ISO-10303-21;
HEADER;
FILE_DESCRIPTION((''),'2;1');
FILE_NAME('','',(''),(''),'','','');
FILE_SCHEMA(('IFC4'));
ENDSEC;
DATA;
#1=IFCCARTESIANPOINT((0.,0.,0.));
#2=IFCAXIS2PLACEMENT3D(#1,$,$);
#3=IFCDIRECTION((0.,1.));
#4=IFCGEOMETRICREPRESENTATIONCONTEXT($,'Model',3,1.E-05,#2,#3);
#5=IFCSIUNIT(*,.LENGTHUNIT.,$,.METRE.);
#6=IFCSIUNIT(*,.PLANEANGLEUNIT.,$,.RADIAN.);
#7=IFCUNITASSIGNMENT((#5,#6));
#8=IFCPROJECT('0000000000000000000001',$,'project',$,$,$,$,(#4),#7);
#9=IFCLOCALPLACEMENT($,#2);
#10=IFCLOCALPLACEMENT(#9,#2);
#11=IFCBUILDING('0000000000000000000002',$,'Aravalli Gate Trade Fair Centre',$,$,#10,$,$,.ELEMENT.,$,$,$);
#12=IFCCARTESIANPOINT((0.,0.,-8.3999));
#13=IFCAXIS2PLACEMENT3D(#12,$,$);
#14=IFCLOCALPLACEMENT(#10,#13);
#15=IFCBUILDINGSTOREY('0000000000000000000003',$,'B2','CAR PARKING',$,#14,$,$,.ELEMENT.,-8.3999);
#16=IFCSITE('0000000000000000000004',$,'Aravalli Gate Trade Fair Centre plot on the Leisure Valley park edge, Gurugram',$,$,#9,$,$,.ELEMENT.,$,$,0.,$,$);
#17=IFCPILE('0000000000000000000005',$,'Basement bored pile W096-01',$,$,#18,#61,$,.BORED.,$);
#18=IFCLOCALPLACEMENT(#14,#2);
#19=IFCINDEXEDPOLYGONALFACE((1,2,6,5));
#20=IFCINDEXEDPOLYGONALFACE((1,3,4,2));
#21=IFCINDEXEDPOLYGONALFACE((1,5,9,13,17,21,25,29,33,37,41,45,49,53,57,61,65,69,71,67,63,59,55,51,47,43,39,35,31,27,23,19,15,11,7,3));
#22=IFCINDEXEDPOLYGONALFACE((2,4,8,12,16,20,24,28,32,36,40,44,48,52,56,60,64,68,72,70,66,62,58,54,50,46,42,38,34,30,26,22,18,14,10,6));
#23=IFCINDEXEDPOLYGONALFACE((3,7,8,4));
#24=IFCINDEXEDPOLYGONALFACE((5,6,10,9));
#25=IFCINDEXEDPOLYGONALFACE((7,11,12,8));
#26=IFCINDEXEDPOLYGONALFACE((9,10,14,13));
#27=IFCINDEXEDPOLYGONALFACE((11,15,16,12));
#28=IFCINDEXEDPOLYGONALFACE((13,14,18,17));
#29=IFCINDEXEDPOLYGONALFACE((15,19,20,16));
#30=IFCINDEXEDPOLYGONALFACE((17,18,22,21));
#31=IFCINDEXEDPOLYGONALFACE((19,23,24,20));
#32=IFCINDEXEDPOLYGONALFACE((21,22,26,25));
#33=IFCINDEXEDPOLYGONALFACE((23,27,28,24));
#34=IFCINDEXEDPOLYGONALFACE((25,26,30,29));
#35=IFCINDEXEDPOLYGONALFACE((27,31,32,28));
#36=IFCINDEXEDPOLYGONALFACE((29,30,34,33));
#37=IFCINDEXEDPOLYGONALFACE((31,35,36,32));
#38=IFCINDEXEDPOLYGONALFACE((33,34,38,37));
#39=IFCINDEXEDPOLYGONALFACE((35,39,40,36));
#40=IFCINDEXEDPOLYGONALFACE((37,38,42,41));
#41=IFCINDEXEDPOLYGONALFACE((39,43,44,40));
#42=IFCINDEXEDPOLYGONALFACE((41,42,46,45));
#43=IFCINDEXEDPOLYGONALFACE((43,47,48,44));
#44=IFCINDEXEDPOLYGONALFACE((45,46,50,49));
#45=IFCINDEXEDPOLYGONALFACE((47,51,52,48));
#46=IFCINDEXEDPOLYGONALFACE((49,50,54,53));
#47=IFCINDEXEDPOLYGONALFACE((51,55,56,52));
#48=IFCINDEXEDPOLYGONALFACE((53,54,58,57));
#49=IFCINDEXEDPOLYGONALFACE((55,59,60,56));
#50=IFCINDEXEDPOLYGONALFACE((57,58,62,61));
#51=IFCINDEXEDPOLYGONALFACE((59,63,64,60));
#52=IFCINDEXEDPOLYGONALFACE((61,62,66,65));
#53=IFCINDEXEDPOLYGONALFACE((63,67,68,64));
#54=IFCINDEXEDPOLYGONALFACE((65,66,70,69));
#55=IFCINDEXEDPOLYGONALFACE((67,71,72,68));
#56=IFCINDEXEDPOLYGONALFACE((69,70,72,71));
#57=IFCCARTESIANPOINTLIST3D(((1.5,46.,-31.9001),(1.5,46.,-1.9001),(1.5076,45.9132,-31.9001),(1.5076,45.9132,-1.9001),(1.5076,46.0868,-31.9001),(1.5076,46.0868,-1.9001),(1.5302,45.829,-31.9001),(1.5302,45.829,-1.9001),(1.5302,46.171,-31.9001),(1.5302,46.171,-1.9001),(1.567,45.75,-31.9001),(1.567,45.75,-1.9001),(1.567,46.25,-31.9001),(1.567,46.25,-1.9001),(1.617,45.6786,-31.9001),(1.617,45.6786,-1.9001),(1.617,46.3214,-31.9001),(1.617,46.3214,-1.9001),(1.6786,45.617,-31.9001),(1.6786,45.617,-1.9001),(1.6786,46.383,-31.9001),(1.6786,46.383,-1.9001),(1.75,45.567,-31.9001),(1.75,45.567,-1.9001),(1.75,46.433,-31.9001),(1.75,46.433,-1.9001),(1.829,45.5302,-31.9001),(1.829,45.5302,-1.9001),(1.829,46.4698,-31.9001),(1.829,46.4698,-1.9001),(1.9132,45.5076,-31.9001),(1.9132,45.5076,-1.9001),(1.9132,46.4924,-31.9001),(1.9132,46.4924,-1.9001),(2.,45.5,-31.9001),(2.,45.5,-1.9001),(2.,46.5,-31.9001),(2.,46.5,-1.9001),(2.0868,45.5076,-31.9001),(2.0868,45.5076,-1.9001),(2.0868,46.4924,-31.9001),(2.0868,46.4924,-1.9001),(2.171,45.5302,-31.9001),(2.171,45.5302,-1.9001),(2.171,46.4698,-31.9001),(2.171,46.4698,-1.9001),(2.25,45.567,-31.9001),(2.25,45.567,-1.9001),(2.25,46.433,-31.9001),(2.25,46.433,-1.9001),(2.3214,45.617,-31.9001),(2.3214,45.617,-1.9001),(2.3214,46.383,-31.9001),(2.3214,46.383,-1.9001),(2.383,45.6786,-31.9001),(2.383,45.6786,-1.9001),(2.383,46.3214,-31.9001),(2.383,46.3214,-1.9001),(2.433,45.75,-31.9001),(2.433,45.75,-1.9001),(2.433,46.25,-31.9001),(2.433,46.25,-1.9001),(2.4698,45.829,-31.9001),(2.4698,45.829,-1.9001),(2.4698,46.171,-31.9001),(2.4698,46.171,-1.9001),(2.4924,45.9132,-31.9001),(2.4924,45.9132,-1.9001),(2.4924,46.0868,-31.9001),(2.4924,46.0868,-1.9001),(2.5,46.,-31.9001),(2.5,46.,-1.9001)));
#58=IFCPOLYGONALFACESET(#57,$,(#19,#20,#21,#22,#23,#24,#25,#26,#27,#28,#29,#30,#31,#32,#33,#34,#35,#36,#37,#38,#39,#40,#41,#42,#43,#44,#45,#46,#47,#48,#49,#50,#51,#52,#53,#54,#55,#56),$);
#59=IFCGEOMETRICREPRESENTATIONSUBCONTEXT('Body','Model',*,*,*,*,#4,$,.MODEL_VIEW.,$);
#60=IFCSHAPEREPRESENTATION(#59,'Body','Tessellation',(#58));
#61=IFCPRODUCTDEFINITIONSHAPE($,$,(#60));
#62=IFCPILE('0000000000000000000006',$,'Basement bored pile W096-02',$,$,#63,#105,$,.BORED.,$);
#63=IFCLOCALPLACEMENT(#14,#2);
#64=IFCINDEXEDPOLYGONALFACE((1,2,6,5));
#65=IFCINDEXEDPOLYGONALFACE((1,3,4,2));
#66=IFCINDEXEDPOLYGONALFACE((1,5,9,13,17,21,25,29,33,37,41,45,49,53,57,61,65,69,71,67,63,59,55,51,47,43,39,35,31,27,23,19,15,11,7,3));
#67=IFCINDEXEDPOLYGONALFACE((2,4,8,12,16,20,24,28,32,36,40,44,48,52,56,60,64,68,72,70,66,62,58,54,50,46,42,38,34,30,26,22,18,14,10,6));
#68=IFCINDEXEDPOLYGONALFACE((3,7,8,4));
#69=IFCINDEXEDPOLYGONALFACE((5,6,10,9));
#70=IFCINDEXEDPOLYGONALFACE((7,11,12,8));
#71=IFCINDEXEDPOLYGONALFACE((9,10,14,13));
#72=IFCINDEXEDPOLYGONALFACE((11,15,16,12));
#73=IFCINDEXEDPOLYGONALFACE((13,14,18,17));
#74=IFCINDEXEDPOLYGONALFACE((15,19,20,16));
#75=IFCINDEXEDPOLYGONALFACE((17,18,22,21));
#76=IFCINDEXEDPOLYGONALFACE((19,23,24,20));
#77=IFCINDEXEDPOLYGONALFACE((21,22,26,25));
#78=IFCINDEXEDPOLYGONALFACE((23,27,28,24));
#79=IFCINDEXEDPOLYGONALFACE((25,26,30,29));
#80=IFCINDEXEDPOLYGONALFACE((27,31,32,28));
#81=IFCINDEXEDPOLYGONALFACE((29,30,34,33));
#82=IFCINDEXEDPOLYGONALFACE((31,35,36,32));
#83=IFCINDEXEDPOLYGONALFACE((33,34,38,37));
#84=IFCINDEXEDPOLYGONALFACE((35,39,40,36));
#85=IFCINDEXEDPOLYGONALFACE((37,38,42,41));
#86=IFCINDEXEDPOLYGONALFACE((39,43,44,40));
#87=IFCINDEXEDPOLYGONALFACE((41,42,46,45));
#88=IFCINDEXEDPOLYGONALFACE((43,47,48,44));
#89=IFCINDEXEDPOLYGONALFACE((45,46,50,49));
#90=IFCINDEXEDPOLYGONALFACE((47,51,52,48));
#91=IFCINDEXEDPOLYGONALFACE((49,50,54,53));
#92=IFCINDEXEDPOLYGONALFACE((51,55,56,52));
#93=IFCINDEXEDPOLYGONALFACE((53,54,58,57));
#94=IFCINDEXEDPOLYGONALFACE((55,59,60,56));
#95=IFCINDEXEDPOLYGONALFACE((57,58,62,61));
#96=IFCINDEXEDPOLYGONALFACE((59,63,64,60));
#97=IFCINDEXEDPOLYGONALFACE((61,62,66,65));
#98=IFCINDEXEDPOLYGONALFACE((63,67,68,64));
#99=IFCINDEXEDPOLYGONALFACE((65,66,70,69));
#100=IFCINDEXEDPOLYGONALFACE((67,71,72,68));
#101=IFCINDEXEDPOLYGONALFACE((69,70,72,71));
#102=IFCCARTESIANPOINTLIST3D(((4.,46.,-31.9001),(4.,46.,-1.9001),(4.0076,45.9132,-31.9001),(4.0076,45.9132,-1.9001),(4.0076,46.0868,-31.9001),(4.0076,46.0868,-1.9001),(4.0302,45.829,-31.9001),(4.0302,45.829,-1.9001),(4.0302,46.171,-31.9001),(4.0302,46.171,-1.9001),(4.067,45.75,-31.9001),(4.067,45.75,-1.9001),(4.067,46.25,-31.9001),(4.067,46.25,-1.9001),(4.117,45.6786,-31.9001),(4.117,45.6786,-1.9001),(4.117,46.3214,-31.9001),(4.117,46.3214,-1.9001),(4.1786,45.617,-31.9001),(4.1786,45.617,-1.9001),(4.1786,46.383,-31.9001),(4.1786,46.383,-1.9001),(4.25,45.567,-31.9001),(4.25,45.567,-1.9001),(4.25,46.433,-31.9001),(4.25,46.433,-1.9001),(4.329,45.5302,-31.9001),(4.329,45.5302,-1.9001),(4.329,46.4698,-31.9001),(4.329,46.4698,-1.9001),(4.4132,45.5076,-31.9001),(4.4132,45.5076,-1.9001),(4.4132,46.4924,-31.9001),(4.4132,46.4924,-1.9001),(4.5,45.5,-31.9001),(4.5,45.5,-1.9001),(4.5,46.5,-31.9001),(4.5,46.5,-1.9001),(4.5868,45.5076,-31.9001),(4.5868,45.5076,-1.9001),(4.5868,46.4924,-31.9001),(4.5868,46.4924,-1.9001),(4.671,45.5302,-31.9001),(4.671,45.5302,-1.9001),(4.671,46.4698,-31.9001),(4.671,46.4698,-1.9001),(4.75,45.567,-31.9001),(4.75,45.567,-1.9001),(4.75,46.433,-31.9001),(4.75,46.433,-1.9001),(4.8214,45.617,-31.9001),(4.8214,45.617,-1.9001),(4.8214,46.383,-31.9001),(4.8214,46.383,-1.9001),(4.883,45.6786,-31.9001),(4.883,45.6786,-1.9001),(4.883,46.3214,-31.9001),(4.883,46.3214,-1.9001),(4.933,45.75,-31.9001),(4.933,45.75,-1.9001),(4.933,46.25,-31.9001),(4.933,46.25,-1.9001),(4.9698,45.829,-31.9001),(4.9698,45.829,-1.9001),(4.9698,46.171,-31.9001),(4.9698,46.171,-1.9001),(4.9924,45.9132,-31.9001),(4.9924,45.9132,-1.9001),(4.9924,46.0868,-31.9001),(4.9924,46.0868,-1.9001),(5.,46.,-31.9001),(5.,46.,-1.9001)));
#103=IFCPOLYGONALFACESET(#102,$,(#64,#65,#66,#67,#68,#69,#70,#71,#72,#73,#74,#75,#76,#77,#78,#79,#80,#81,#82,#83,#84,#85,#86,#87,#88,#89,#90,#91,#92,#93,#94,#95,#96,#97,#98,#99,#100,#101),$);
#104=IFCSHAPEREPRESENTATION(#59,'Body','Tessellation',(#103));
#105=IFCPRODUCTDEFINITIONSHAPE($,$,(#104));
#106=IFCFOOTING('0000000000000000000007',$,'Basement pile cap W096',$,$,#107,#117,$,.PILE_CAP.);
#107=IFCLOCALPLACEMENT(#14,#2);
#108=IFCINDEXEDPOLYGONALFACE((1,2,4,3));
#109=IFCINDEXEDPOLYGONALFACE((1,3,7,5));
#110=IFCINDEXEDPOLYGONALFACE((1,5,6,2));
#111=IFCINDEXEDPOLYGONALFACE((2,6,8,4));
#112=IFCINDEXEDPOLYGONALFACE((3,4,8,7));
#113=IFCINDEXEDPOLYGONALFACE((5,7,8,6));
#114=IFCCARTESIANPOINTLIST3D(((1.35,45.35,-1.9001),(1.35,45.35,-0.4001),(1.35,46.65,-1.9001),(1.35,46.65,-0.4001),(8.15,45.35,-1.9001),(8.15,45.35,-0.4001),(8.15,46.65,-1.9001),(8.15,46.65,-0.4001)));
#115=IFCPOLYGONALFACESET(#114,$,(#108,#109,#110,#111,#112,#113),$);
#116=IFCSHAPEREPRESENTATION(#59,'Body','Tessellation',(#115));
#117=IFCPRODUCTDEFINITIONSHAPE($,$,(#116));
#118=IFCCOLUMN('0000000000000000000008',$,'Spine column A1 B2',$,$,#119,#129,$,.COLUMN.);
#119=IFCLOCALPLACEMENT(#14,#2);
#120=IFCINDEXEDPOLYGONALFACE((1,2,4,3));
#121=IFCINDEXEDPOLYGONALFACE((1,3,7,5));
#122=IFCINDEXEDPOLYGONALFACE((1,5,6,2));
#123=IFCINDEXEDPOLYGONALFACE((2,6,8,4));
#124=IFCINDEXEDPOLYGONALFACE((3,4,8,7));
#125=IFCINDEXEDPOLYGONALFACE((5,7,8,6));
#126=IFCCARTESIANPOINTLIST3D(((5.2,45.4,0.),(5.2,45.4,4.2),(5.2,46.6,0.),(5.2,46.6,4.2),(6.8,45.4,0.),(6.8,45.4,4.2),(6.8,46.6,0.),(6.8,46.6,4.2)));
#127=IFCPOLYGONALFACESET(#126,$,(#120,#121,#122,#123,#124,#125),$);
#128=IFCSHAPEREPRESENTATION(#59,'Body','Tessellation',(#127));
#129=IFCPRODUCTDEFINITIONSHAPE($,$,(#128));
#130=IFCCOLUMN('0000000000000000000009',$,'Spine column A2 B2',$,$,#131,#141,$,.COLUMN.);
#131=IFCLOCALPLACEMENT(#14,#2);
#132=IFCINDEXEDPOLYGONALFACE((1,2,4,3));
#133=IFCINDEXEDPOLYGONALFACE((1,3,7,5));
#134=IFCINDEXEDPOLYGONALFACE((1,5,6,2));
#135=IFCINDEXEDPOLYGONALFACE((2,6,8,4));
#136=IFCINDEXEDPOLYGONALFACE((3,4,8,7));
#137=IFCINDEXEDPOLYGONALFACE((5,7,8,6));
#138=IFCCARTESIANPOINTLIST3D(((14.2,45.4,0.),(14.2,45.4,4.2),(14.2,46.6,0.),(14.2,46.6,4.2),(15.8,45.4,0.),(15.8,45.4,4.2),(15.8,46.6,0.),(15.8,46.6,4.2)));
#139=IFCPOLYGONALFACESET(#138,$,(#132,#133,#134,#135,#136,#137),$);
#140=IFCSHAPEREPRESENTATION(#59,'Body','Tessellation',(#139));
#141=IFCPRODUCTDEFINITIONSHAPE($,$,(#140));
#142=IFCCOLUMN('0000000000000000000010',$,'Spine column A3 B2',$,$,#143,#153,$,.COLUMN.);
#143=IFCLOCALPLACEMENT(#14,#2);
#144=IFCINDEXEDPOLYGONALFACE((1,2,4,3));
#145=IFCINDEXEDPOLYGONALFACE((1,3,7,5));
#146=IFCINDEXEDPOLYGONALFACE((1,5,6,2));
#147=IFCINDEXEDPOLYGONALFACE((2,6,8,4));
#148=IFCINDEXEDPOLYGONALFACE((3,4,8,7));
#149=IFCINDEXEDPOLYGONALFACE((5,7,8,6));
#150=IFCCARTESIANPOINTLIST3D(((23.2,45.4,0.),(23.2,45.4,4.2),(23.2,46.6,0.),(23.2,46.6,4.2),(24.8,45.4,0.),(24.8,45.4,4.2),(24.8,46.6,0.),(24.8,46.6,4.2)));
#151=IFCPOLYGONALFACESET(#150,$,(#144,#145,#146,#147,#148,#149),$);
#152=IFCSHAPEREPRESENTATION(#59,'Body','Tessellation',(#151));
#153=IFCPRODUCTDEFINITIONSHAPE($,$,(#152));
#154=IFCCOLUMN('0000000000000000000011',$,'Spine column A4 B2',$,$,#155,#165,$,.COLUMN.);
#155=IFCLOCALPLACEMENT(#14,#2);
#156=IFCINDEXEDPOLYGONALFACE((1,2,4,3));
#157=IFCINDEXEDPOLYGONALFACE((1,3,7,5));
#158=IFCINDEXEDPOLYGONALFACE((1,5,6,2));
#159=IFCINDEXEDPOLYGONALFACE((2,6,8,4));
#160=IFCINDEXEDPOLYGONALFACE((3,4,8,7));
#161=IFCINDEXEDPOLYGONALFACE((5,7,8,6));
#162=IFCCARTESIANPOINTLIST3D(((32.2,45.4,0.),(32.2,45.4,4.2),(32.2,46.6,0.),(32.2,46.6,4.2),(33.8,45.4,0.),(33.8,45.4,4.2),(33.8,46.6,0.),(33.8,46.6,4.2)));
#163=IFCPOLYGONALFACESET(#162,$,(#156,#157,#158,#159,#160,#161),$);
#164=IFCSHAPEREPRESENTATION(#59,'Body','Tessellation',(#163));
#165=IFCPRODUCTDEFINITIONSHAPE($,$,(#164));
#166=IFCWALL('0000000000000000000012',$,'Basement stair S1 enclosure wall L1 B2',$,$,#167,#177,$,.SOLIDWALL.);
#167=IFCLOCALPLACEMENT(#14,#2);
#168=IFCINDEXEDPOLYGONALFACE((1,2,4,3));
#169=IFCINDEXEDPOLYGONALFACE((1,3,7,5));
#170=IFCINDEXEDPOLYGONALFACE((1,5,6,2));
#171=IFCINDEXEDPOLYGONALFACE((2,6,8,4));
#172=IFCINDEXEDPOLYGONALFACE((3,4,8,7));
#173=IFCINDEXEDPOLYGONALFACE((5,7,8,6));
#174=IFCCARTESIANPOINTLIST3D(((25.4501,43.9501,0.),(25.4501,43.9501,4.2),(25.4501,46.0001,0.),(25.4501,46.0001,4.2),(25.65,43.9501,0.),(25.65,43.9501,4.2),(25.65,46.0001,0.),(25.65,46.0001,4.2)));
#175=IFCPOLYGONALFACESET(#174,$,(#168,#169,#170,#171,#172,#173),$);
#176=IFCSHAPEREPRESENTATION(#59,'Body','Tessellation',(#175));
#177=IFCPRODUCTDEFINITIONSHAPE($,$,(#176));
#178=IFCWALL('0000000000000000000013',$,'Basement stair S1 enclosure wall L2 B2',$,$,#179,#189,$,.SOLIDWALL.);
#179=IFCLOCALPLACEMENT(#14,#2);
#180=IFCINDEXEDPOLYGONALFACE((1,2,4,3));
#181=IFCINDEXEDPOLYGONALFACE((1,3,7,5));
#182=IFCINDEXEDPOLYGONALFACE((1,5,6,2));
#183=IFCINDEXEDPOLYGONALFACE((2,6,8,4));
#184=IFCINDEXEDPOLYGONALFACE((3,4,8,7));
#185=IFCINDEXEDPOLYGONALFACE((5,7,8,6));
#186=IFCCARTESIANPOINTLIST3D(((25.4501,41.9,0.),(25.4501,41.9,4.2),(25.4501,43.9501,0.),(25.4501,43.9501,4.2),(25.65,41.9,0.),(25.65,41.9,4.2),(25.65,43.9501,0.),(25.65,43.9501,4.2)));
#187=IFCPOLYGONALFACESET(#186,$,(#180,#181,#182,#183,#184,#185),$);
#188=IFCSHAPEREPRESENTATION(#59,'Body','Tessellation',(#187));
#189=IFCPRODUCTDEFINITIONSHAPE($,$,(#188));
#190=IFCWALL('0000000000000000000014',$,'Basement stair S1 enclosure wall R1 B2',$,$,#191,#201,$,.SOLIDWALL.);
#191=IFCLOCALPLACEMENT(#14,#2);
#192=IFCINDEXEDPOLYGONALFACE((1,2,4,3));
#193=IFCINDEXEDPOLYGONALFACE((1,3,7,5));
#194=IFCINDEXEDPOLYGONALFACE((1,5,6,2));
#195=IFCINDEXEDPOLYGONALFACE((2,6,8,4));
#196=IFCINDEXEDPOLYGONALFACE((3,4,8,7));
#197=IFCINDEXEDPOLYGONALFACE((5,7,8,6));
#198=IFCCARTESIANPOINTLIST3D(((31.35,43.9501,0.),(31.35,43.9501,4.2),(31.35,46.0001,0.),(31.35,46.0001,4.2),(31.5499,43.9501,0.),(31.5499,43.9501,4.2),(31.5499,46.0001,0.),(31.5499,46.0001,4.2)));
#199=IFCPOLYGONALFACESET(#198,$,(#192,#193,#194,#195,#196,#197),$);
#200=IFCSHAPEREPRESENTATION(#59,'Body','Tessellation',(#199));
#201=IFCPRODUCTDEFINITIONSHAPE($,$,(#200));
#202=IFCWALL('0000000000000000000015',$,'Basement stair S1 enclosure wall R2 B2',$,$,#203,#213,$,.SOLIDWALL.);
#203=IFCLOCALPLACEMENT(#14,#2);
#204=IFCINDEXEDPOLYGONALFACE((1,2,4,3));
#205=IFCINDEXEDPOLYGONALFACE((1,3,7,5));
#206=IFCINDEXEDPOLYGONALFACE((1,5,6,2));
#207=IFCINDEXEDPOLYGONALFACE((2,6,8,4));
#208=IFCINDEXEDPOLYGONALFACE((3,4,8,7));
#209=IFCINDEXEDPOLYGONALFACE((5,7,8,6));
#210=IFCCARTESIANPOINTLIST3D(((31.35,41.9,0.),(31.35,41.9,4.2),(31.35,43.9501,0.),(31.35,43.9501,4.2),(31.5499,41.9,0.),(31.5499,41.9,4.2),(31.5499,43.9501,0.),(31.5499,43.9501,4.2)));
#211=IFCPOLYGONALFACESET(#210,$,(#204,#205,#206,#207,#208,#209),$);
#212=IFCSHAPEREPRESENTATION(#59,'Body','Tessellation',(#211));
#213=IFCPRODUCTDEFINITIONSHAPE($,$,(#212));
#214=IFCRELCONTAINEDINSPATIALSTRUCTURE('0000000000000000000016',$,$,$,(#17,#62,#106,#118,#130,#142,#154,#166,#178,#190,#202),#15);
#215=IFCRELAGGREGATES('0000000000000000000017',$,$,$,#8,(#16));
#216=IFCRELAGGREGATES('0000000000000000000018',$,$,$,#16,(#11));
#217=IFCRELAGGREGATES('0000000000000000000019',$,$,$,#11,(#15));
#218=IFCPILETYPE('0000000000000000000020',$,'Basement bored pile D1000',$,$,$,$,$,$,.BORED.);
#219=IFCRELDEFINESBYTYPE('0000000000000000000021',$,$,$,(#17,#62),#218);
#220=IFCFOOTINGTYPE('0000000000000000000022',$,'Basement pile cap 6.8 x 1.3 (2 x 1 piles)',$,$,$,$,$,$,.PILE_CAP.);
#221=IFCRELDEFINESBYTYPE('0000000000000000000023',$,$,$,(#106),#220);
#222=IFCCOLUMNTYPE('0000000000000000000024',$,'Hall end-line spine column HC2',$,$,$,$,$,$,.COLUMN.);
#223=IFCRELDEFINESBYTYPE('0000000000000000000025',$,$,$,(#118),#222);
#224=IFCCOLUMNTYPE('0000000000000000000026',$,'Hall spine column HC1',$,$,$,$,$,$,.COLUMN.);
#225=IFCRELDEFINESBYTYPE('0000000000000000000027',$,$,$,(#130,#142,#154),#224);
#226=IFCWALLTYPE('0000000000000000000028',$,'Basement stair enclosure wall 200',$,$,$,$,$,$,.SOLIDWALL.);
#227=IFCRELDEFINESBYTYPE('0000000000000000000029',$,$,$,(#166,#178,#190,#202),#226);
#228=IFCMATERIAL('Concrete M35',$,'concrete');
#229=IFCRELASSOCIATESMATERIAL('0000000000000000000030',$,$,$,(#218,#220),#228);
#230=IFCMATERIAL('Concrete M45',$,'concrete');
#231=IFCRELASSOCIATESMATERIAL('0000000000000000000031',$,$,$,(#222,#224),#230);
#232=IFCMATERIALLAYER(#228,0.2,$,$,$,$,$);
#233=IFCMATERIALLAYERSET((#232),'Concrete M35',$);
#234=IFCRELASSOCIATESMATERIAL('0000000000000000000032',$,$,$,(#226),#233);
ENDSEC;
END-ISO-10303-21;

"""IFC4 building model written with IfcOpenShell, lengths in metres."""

from ifc_helpers import new_model, si_unit, direction, frame, frame_2d, origin, origin_2d, place, context, subcontext, project, spatial, rectangle, circle, extrude, material, layer, layer_set, material_profile, profile_set, type_object, element, save


model = new_model("IFC4")

# Units and contexts
model_context = context("Model", 3, precision=1e-05, world=origin(), true_north=direction((0.0, 1.0)))
body_context = subcontext(model_context, "Body", "Model", "MODEL_VIEW")
ifc_project = project(units=[si_unit("LENGTHUNIT", "METRE"), si_unit("PLANEANGLEUNIT", "RADIAN")], contexts=[model_context])

# Site, building, storey
site_placement = place(None, origin())
site = spatial("IfcSite", under=ifc_project, at=site_placement, Name="Aravalli Gate Trade Fair Centre plot on the Leisure Valley park edge, Gurugram", CompositionType="ELEMENT", RefElevation=0.0)
building_placement = place(site_placement, origin())
building = spatial("IfcBuilding", under=site, at=building_placement, Name="Aravalli Gate Trade Fair Centre", CompositionType="ELEMENT")
storey_placement = place(building_placement, frame((0.0, 0.0, -8.3999)))
storey = spatial("IfcBuildingStorey", under=building, at=storey_placement, Name="B2", Description="CAR PARKING", CompositionType="ELEMENT", Elevation=-8.3999)

# Piles
ifc_material_1 = material(Name="Concrete M35", Category="concrete")
ifc_material_profile_1 = material_profile(ifc_material_1, circle(Radius=0.5, at=origin_2d()), Name="D1000")
ifc_profile_set_1 = profile_set([ifc_material_profile_1], Name="Concrete M35")
pile_type = type_object("IfcPileType", Name="Basement bored pile D1000", PredefinedType="BORED", material=ifc_profile_set_1)
for number, where, z_axis, x_axis, name in (
    (1, (2.0, 46.0, -1.9001), (0.0, 0.0, -1.0), (1.0, 0.0, 0.0), "Basement bored pile W096-01"),
    (2, (4.5, 46.0, -1.9001), (0.0, 0.0, -1.0), (1.0, 0.0, 0.0), "Basement bored pile W096-02"),
):
    element("IfcPile", number, at=place(storey_placement, frame(where, z_axis=z_axis, x_axis=x_axis)), inside=storey, type_object=pile_type, Name=name, PredefinedType="BORED", context=body_context, shape_type="SweptSolid", body=[
        extrude(circle(Radius=0.5, at=origin_2d()), origin(), (0.0, 0.0, 1.0), 30.0),
    ])

# Footing
footing_type = type_object("IfcFootingType", Name="Basement pile cap 6.8 x 1.3 (2 x 1 piles)", PredefinedType="PILE_CAP", material=ifc_material_1)
footing_placement = place(storey_placement, frame((4.75, 46.0, -1.9001), z_axis=(0.0, 0.0, 1.0), x_axis=(1.0, 0.0, 0.0)))
element("IfcFooting", 3, at=footing_placement, inside=storey, type_object=footing_type, Name="Basement pile cap W096", PredefinedType="PILE_CAP", context=body_context, shape_type="SweptSolid", body=[
    extrude(rectangle(XDim=6.8, YDim=1.3, at=origin_2d()), origin(), (0.0, 0.0, 1.0), 1.5),
])

# Columns
ifc_material_2 = material(Name="Concrete M45", Category="concrete")
ifc_material_profile_2 = material_profile(ifc_material_2, rectangle(XDim=1.6001, YDim=1.2, at=origin_2d()), Name="RC 1600x1200")
ifc_profile_set_2 = profile_set([ifc_material_profile_2], Name="Concrete M45")
column_type_1 = type_object("IfcColumnType", Name="Hall end-line spine column HC2", PredefinedType="COLUMN", material=ifc_profile_set_2)
column_placement = place(storey_placement, frame((6.0, 46.0, 0.0), z_axis=(0.0, 0.0, 1.0), x_axis=(1.0, 0.0, 0.0)))
element("IfcColumn", 4, at=column_placement, inside=storey, type_object=column_type_1, Name="Spine column A1 B2", PredefinedType="COLUMN", context=body_context, shape_type="SweptSolid", body=[
    extrude(rectangle(XDim=1.6001, YDim=1.2, at=origin_2d()), origin(), (0.0, 0.0, 1.0), 4.2),
])
ifc_material_profile_3 = material_profile(ifc_material_2, rectangle(XDim=1.6001, YDim=1.2, at=origin_2d()), Name="RC 1600x1200")
ifc_profile_set_3 = profile_set([ifc_material_profile_3], Name="Concrete M45")
column_type_2 = type_object("IfcColumnType", Name="Hall spine column HC1", PredefinedType="COLUMN", material=ifc_profile_set_3)
for number, where, z_axis, x_axis, name in (
    (5, (15.0, 46.0, 0.0), (0.0, 0.0, 1.0), (1.0, 0.0, 0.0), "Spine column A2 B2"),
    (6, (24.0, 46.0, 0.0), (0.0, 0.0, 1.0), (1.0, 0.0, 0.0), "Spine column A3 B2"),
    (7, (33.0, 46.0, 0.0), (0.0, 0.0, 1.0), (1.0, 0.0, 0.0), "Spine column A4 B2"),
):
    element("IfcColumn", number, at=place(storey_placement, frame(where, z_axis=z_axis, x_axis=x_axis)), inside=storey, type_object=column_type_2, Name=name, PredefinedType="COLUMN", context=body_context, shape_type="SweptSolid", body=[
        extrude(rectangle(XDim=1.6001, YDim=1.2, at=origin_2d()), origin(), (0.0, 0.0, 1.0), 4.2),
    ])

# Walls
ifc_layer_1 = layer(ifc_material_1, 0.2)
ifc_layer_set_1 = layer_set([ifc_layer_1], Name="Concrete M35")
wall_type_1 = type_object("IfcWallType", Name="Basement stair enclosure wall 200", PredefinedType="SOLIDWALL", material=ifc_layer_set_1)
for number, where, z_axis, x_axis, name in (
    (8, (25.55, 46.0, 0.0), (0.0, 0.0, 1.0), (0.0, -1.0, 0.0), "Basement stair S1 enclosure wall L1 B2"),
    (9, (25.55, 43.95, 0.0), (0.0, 0.0, 1.0), (0.0, -1.0, 0.0), "Basement stair S1 enclosure wall L2 B2"),
    (10, (31.45, 46.0, 0.0), (0.0, 0.0, 1.0), (0.0, -1.0, 0.0), "Basement stair S1 enclosure wall R1 B2"),
    (11, (31.45, 43.95, 0.0), (0.0, 0.0, 1.0), (0.0, -1.0, 0.0), "Basement stair S1 enclosure wall R2 B2"),
):
    element("IfcWall", number, at=place(storey_placement, frame(where, z_axis=z_axis, x_axis=x_axis)), inside=storey, type_object=wall_type_1, Name=name, PredefinedType="SOLIDWALL", context=body_context, shape_type="SweptSolid", body=[
        extrude(rectangle(XDim=2.05, YDim=0.2, at=frame_2d((1.0249, 0.0))), origin(), (0.0, 0.0, 1.0), 4.2),
    ])

save(model, "model.ifc")
